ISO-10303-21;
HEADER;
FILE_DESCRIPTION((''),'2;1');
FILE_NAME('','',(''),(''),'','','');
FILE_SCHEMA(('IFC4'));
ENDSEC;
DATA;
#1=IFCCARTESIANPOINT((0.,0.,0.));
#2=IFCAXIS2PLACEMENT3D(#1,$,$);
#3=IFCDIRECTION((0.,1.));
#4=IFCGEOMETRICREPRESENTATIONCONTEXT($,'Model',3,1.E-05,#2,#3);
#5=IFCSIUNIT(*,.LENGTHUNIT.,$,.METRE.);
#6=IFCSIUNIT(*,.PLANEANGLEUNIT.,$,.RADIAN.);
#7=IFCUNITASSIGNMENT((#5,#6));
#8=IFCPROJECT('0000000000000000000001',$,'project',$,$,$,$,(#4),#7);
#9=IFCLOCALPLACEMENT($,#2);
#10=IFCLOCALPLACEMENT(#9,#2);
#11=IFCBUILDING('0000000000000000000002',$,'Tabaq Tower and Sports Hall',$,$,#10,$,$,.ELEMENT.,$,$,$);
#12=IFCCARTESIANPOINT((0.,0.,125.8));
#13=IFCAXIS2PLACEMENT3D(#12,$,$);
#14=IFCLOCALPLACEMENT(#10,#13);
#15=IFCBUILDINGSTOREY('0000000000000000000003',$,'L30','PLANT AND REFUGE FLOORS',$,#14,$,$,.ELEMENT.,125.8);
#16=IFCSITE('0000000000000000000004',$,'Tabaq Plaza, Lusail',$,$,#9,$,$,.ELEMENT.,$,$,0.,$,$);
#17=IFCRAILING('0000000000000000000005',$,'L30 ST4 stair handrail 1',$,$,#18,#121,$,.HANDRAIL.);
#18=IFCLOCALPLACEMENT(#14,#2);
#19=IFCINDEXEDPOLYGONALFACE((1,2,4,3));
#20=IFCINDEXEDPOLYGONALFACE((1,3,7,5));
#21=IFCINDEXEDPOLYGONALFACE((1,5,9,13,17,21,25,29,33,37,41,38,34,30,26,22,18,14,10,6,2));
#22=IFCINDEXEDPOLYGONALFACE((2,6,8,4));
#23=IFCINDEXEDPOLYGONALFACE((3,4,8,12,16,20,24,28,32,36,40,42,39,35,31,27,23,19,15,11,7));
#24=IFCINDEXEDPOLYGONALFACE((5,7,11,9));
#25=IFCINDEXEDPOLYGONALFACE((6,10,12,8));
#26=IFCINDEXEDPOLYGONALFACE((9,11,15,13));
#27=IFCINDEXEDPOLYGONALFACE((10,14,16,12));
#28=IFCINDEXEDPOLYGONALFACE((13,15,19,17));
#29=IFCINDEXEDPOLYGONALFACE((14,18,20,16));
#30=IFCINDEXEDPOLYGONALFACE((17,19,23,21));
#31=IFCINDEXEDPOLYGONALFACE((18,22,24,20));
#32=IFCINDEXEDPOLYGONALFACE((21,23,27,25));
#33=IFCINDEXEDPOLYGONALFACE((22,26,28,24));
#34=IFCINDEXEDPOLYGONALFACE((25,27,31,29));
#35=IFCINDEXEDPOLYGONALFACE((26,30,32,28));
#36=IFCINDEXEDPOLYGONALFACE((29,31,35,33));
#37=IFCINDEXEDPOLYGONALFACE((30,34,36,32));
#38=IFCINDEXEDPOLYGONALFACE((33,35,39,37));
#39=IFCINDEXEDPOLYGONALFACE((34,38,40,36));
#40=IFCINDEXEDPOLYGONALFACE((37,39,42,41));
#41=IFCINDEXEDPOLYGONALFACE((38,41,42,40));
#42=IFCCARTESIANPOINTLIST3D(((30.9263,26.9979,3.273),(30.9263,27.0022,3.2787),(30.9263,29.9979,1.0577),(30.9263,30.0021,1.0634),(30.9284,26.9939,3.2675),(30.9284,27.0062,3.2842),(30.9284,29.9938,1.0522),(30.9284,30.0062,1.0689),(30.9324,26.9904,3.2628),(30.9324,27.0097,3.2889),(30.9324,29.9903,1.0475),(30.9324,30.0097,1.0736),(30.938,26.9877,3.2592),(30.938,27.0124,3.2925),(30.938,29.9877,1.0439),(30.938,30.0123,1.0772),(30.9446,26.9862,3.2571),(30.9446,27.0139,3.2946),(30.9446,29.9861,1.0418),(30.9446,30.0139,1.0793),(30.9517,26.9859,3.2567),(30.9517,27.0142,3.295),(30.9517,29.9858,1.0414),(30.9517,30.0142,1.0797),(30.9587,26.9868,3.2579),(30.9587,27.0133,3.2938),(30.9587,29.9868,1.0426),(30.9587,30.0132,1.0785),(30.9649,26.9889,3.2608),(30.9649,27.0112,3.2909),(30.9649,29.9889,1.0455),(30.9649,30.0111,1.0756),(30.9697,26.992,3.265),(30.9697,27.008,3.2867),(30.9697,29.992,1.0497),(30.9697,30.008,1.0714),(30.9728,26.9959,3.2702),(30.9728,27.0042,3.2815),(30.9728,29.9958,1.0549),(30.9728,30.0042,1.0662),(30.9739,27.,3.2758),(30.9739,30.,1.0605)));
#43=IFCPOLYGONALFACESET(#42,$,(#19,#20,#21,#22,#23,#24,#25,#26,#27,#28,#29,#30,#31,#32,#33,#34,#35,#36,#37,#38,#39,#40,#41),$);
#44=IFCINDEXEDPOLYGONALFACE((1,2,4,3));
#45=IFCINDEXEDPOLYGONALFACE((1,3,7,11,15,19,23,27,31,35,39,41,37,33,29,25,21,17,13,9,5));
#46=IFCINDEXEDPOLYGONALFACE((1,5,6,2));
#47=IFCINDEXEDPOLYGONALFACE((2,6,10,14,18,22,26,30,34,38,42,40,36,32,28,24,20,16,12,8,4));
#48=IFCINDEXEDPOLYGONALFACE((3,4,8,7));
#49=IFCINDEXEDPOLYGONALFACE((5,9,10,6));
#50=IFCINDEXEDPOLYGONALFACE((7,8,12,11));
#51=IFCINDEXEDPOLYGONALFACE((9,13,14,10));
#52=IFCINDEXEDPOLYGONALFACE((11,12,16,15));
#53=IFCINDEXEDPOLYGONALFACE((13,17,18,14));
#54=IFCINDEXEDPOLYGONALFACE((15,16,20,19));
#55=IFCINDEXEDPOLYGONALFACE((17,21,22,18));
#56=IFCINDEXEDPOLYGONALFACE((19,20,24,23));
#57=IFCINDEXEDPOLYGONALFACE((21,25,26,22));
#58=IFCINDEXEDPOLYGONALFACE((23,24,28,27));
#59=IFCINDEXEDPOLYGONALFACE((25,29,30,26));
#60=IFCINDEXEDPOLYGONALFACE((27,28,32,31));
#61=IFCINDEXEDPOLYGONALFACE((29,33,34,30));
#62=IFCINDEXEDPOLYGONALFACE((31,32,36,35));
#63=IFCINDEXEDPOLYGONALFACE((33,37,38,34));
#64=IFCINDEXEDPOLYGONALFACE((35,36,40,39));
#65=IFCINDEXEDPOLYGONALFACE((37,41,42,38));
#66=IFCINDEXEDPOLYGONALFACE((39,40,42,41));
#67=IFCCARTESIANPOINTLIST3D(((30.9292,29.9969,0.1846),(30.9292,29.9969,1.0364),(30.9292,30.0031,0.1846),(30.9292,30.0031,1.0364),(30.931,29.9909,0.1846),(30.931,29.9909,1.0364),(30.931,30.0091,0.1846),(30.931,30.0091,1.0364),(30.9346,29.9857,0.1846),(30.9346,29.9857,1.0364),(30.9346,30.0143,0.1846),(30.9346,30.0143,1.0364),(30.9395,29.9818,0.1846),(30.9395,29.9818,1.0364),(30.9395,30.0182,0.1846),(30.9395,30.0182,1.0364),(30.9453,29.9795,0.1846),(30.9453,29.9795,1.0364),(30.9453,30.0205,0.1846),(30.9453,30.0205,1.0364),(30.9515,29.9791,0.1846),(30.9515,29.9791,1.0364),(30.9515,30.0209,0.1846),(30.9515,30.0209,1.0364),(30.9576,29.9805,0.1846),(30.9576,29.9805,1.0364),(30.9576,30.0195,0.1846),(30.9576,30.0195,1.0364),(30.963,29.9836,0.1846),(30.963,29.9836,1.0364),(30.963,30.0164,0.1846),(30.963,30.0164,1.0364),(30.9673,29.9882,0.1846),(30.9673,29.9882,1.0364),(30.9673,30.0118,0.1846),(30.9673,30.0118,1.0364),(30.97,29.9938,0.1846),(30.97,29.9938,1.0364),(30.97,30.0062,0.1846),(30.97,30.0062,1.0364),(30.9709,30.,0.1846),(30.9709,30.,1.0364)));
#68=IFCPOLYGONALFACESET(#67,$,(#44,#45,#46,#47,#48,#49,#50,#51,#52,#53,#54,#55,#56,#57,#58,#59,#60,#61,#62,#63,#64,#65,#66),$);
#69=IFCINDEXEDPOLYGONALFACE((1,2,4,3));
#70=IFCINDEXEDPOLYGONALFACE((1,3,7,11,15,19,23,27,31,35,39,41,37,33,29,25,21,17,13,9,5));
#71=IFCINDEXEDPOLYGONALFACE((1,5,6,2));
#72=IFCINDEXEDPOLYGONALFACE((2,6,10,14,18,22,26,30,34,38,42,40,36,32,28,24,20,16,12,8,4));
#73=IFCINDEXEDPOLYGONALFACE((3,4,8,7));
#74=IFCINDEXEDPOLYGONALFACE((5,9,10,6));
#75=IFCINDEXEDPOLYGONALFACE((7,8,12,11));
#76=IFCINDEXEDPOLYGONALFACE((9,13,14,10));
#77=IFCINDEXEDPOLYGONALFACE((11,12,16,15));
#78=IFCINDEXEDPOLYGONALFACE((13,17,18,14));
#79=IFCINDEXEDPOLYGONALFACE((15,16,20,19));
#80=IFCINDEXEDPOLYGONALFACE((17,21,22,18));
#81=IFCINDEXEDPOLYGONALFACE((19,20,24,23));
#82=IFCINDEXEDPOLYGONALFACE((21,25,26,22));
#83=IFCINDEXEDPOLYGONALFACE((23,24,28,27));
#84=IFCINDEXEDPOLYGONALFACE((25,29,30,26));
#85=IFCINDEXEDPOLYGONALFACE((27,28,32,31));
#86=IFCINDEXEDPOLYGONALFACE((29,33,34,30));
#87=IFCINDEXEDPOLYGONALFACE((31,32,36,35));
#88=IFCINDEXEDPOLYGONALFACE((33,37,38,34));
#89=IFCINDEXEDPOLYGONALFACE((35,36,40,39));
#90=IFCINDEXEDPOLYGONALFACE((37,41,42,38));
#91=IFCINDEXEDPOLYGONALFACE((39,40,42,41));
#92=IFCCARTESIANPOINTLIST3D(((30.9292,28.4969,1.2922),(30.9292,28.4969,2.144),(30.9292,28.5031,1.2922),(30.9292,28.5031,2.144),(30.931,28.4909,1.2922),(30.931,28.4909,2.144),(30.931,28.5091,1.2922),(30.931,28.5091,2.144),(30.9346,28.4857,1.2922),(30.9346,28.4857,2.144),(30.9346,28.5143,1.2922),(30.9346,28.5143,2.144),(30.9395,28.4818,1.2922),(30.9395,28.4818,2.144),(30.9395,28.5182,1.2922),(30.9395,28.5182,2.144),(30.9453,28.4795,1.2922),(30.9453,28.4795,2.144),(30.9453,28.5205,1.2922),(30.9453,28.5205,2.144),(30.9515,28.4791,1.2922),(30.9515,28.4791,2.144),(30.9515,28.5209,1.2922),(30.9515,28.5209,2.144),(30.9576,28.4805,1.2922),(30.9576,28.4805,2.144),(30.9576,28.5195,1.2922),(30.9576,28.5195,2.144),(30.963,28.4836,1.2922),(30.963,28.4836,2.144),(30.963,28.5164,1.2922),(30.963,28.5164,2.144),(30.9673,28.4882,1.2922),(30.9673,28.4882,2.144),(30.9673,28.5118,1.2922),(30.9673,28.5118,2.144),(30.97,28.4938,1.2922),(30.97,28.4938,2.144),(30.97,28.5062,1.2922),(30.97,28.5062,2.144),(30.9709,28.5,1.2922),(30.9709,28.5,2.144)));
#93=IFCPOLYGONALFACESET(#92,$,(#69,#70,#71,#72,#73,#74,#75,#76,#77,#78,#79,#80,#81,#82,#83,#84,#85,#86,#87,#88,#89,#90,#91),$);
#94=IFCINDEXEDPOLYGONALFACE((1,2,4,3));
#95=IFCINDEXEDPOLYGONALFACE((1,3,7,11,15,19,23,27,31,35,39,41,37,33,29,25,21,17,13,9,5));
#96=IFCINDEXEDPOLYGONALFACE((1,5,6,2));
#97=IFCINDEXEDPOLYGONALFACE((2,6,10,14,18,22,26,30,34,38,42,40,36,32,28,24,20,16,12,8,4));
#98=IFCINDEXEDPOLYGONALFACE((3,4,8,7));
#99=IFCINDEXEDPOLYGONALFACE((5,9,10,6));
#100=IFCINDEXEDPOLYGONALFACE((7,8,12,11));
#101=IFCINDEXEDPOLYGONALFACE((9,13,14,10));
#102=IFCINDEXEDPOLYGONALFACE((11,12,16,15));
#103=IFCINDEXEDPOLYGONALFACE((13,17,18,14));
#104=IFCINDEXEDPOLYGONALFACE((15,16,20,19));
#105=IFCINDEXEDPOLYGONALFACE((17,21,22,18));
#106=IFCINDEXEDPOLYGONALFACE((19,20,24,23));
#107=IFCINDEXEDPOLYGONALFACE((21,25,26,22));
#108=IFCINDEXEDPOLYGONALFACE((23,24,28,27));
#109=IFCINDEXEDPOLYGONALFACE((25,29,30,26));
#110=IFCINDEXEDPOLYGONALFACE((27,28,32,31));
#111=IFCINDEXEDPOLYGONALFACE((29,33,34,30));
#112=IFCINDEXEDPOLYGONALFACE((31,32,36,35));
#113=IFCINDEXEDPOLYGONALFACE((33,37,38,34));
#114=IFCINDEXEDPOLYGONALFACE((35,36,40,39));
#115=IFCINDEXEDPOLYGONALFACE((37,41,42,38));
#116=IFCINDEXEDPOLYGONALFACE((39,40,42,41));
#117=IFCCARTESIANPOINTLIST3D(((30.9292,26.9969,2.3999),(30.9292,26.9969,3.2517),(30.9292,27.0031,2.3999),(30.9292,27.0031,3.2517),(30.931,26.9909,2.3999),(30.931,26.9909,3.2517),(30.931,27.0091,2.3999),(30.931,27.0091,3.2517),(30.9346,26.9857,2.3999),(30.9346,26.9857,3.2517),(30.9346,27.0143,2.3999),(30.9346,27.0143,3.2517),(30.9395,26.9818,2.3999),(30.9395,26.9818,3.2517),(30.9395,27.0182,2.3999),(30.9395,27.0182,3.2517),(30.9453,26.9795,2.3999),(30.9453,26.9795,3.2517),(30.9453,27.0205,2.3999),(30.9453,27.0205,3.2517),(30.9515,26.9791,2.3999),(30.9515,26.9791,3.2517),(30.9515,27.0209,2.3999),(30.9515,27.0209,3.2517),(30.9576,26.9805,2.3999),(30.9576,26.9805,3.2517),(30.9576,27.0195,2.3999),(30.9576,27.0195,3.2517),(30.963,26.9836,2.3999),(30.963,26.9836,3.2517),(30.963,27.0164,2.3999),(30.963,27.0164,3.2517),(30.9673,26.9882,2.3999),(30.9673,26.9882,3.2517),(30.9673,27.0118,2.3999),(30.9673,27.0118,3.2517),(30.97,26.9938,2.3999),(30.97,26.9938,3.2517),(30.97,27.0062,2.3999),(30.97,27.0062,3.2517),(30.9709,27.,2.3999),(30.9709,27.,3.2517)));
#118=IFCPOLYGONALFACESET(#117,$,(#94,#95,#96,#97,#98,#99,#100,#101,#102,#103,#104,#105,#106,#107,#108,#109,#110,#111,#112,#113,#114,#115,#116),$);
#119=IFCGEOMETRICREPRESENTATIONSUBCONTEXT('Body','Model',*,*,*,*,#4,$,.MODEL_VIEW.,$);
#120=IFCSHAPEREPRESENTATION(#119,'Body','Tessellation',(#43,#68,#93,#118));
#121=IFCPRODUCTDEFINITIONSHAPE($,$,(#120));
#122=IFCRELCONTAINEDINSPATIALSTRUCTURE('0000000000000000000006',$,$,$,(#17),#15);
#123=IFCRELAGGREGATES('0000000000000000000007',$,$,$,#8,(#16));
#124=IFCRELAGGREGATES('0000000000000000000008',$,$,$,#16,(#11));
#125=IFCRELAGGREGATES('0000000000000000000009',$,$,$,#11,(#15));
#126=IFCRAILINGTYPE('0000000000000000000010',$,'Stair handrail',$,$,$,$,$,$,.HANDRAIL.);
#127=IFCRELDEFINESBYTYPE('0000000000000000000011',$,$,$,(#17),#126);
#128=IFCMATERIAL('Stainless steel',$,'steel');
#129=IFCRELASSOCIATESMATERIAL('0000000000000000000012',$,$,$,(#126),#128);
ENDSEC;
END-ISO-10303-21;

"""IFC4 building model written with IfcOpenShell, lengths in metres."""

from ifc_helpers import new_model, si_unit, direction, frame, origin, origin_2d, place, context, subcontext, project, spatial, circle, extrude, material, type_object, element, save


model = new_model("IFC4")

# Units and contexts
model_context = context("Model", 3, precision=1e-05, world=origin(), true_north=direction((0.0, 1.0)))
body_context = subcontext(model_context, "Body", "Model", "MODEL_VIEW")
ifc_project = project(units=[si_unit("LENGTHUNIT", "METRE"), si_unit("PLANEANGLEUNIT", "RADIAN")], contexts=[model_context])

# Site, building, storey
site_placement = place(None, origin())
site = spatial("IfcSite", under=ifc_project, at=site_placement, Name="Tabaq Plaza, Lusail", CompositionType="ELEMENT", RefElevation=0.0)
building_placement = place(site_placement, origin())
building = spatial("IfcBuilding", under=site, at=building_placement, Name="Tabaq Tower and Sports Hall", CompositionType="ELEMENT")
storey_placement = place(building_placement, frame((0.0, 0.0, 125.8)))
storey = spatial("IfcBuildingStorey", under=building, at=storey_placement, Name="L30", Description="PLANT AND REFUGE FLOORS", CompositionType="ELEMENT", Elevation=125.8)

# Railing
ifc_material_1 = material(Name="Stainless steel", Category="steel")
railing_type = type_object("IfcRailingType", Name="Stair handrail", PredefinedType="HANDRAIL", material=ifc_material_1)
railing_1_placement = place(storey_placement, frame((30.95, 30.0, 0.1846)))
element("IfcRailing", 1, at=railing_1_placement, inside=storey, type_object=railing_type, Name="L30 ST4 stair handrail 1", PredefinedType="HANDRAIL", context=body_context, shape_type="SweptSolid", body=[
    extrude(circle(Radius=0.0239, at=origin_2d()), frame((0.0, 0.0, 0.876), z_axis=(0.0, -0.80444, 0.594034), x_axis=(1.0, 0.0, 0.0)), (0.0, 0.0, 1.0), 3.7292),
    extrude(circle(Radius=0.021, at=origin_2d()), origin(), (0.0, 0.0, 1.0), 0.8518),
    extrude(circle(Radius=0.021, at=origin_2d()), frame((0.0, -1.5, 1.1077)), (0.0, 0.0, 1.0), 0.8518),
    extrude(circle(Radius=0.021, at=origin_2d()), frame((0.0, -3.0, 2.2153)), (0.0, 0.0, 1.0), 0.8518),
])

save(model, "model.ifc")
